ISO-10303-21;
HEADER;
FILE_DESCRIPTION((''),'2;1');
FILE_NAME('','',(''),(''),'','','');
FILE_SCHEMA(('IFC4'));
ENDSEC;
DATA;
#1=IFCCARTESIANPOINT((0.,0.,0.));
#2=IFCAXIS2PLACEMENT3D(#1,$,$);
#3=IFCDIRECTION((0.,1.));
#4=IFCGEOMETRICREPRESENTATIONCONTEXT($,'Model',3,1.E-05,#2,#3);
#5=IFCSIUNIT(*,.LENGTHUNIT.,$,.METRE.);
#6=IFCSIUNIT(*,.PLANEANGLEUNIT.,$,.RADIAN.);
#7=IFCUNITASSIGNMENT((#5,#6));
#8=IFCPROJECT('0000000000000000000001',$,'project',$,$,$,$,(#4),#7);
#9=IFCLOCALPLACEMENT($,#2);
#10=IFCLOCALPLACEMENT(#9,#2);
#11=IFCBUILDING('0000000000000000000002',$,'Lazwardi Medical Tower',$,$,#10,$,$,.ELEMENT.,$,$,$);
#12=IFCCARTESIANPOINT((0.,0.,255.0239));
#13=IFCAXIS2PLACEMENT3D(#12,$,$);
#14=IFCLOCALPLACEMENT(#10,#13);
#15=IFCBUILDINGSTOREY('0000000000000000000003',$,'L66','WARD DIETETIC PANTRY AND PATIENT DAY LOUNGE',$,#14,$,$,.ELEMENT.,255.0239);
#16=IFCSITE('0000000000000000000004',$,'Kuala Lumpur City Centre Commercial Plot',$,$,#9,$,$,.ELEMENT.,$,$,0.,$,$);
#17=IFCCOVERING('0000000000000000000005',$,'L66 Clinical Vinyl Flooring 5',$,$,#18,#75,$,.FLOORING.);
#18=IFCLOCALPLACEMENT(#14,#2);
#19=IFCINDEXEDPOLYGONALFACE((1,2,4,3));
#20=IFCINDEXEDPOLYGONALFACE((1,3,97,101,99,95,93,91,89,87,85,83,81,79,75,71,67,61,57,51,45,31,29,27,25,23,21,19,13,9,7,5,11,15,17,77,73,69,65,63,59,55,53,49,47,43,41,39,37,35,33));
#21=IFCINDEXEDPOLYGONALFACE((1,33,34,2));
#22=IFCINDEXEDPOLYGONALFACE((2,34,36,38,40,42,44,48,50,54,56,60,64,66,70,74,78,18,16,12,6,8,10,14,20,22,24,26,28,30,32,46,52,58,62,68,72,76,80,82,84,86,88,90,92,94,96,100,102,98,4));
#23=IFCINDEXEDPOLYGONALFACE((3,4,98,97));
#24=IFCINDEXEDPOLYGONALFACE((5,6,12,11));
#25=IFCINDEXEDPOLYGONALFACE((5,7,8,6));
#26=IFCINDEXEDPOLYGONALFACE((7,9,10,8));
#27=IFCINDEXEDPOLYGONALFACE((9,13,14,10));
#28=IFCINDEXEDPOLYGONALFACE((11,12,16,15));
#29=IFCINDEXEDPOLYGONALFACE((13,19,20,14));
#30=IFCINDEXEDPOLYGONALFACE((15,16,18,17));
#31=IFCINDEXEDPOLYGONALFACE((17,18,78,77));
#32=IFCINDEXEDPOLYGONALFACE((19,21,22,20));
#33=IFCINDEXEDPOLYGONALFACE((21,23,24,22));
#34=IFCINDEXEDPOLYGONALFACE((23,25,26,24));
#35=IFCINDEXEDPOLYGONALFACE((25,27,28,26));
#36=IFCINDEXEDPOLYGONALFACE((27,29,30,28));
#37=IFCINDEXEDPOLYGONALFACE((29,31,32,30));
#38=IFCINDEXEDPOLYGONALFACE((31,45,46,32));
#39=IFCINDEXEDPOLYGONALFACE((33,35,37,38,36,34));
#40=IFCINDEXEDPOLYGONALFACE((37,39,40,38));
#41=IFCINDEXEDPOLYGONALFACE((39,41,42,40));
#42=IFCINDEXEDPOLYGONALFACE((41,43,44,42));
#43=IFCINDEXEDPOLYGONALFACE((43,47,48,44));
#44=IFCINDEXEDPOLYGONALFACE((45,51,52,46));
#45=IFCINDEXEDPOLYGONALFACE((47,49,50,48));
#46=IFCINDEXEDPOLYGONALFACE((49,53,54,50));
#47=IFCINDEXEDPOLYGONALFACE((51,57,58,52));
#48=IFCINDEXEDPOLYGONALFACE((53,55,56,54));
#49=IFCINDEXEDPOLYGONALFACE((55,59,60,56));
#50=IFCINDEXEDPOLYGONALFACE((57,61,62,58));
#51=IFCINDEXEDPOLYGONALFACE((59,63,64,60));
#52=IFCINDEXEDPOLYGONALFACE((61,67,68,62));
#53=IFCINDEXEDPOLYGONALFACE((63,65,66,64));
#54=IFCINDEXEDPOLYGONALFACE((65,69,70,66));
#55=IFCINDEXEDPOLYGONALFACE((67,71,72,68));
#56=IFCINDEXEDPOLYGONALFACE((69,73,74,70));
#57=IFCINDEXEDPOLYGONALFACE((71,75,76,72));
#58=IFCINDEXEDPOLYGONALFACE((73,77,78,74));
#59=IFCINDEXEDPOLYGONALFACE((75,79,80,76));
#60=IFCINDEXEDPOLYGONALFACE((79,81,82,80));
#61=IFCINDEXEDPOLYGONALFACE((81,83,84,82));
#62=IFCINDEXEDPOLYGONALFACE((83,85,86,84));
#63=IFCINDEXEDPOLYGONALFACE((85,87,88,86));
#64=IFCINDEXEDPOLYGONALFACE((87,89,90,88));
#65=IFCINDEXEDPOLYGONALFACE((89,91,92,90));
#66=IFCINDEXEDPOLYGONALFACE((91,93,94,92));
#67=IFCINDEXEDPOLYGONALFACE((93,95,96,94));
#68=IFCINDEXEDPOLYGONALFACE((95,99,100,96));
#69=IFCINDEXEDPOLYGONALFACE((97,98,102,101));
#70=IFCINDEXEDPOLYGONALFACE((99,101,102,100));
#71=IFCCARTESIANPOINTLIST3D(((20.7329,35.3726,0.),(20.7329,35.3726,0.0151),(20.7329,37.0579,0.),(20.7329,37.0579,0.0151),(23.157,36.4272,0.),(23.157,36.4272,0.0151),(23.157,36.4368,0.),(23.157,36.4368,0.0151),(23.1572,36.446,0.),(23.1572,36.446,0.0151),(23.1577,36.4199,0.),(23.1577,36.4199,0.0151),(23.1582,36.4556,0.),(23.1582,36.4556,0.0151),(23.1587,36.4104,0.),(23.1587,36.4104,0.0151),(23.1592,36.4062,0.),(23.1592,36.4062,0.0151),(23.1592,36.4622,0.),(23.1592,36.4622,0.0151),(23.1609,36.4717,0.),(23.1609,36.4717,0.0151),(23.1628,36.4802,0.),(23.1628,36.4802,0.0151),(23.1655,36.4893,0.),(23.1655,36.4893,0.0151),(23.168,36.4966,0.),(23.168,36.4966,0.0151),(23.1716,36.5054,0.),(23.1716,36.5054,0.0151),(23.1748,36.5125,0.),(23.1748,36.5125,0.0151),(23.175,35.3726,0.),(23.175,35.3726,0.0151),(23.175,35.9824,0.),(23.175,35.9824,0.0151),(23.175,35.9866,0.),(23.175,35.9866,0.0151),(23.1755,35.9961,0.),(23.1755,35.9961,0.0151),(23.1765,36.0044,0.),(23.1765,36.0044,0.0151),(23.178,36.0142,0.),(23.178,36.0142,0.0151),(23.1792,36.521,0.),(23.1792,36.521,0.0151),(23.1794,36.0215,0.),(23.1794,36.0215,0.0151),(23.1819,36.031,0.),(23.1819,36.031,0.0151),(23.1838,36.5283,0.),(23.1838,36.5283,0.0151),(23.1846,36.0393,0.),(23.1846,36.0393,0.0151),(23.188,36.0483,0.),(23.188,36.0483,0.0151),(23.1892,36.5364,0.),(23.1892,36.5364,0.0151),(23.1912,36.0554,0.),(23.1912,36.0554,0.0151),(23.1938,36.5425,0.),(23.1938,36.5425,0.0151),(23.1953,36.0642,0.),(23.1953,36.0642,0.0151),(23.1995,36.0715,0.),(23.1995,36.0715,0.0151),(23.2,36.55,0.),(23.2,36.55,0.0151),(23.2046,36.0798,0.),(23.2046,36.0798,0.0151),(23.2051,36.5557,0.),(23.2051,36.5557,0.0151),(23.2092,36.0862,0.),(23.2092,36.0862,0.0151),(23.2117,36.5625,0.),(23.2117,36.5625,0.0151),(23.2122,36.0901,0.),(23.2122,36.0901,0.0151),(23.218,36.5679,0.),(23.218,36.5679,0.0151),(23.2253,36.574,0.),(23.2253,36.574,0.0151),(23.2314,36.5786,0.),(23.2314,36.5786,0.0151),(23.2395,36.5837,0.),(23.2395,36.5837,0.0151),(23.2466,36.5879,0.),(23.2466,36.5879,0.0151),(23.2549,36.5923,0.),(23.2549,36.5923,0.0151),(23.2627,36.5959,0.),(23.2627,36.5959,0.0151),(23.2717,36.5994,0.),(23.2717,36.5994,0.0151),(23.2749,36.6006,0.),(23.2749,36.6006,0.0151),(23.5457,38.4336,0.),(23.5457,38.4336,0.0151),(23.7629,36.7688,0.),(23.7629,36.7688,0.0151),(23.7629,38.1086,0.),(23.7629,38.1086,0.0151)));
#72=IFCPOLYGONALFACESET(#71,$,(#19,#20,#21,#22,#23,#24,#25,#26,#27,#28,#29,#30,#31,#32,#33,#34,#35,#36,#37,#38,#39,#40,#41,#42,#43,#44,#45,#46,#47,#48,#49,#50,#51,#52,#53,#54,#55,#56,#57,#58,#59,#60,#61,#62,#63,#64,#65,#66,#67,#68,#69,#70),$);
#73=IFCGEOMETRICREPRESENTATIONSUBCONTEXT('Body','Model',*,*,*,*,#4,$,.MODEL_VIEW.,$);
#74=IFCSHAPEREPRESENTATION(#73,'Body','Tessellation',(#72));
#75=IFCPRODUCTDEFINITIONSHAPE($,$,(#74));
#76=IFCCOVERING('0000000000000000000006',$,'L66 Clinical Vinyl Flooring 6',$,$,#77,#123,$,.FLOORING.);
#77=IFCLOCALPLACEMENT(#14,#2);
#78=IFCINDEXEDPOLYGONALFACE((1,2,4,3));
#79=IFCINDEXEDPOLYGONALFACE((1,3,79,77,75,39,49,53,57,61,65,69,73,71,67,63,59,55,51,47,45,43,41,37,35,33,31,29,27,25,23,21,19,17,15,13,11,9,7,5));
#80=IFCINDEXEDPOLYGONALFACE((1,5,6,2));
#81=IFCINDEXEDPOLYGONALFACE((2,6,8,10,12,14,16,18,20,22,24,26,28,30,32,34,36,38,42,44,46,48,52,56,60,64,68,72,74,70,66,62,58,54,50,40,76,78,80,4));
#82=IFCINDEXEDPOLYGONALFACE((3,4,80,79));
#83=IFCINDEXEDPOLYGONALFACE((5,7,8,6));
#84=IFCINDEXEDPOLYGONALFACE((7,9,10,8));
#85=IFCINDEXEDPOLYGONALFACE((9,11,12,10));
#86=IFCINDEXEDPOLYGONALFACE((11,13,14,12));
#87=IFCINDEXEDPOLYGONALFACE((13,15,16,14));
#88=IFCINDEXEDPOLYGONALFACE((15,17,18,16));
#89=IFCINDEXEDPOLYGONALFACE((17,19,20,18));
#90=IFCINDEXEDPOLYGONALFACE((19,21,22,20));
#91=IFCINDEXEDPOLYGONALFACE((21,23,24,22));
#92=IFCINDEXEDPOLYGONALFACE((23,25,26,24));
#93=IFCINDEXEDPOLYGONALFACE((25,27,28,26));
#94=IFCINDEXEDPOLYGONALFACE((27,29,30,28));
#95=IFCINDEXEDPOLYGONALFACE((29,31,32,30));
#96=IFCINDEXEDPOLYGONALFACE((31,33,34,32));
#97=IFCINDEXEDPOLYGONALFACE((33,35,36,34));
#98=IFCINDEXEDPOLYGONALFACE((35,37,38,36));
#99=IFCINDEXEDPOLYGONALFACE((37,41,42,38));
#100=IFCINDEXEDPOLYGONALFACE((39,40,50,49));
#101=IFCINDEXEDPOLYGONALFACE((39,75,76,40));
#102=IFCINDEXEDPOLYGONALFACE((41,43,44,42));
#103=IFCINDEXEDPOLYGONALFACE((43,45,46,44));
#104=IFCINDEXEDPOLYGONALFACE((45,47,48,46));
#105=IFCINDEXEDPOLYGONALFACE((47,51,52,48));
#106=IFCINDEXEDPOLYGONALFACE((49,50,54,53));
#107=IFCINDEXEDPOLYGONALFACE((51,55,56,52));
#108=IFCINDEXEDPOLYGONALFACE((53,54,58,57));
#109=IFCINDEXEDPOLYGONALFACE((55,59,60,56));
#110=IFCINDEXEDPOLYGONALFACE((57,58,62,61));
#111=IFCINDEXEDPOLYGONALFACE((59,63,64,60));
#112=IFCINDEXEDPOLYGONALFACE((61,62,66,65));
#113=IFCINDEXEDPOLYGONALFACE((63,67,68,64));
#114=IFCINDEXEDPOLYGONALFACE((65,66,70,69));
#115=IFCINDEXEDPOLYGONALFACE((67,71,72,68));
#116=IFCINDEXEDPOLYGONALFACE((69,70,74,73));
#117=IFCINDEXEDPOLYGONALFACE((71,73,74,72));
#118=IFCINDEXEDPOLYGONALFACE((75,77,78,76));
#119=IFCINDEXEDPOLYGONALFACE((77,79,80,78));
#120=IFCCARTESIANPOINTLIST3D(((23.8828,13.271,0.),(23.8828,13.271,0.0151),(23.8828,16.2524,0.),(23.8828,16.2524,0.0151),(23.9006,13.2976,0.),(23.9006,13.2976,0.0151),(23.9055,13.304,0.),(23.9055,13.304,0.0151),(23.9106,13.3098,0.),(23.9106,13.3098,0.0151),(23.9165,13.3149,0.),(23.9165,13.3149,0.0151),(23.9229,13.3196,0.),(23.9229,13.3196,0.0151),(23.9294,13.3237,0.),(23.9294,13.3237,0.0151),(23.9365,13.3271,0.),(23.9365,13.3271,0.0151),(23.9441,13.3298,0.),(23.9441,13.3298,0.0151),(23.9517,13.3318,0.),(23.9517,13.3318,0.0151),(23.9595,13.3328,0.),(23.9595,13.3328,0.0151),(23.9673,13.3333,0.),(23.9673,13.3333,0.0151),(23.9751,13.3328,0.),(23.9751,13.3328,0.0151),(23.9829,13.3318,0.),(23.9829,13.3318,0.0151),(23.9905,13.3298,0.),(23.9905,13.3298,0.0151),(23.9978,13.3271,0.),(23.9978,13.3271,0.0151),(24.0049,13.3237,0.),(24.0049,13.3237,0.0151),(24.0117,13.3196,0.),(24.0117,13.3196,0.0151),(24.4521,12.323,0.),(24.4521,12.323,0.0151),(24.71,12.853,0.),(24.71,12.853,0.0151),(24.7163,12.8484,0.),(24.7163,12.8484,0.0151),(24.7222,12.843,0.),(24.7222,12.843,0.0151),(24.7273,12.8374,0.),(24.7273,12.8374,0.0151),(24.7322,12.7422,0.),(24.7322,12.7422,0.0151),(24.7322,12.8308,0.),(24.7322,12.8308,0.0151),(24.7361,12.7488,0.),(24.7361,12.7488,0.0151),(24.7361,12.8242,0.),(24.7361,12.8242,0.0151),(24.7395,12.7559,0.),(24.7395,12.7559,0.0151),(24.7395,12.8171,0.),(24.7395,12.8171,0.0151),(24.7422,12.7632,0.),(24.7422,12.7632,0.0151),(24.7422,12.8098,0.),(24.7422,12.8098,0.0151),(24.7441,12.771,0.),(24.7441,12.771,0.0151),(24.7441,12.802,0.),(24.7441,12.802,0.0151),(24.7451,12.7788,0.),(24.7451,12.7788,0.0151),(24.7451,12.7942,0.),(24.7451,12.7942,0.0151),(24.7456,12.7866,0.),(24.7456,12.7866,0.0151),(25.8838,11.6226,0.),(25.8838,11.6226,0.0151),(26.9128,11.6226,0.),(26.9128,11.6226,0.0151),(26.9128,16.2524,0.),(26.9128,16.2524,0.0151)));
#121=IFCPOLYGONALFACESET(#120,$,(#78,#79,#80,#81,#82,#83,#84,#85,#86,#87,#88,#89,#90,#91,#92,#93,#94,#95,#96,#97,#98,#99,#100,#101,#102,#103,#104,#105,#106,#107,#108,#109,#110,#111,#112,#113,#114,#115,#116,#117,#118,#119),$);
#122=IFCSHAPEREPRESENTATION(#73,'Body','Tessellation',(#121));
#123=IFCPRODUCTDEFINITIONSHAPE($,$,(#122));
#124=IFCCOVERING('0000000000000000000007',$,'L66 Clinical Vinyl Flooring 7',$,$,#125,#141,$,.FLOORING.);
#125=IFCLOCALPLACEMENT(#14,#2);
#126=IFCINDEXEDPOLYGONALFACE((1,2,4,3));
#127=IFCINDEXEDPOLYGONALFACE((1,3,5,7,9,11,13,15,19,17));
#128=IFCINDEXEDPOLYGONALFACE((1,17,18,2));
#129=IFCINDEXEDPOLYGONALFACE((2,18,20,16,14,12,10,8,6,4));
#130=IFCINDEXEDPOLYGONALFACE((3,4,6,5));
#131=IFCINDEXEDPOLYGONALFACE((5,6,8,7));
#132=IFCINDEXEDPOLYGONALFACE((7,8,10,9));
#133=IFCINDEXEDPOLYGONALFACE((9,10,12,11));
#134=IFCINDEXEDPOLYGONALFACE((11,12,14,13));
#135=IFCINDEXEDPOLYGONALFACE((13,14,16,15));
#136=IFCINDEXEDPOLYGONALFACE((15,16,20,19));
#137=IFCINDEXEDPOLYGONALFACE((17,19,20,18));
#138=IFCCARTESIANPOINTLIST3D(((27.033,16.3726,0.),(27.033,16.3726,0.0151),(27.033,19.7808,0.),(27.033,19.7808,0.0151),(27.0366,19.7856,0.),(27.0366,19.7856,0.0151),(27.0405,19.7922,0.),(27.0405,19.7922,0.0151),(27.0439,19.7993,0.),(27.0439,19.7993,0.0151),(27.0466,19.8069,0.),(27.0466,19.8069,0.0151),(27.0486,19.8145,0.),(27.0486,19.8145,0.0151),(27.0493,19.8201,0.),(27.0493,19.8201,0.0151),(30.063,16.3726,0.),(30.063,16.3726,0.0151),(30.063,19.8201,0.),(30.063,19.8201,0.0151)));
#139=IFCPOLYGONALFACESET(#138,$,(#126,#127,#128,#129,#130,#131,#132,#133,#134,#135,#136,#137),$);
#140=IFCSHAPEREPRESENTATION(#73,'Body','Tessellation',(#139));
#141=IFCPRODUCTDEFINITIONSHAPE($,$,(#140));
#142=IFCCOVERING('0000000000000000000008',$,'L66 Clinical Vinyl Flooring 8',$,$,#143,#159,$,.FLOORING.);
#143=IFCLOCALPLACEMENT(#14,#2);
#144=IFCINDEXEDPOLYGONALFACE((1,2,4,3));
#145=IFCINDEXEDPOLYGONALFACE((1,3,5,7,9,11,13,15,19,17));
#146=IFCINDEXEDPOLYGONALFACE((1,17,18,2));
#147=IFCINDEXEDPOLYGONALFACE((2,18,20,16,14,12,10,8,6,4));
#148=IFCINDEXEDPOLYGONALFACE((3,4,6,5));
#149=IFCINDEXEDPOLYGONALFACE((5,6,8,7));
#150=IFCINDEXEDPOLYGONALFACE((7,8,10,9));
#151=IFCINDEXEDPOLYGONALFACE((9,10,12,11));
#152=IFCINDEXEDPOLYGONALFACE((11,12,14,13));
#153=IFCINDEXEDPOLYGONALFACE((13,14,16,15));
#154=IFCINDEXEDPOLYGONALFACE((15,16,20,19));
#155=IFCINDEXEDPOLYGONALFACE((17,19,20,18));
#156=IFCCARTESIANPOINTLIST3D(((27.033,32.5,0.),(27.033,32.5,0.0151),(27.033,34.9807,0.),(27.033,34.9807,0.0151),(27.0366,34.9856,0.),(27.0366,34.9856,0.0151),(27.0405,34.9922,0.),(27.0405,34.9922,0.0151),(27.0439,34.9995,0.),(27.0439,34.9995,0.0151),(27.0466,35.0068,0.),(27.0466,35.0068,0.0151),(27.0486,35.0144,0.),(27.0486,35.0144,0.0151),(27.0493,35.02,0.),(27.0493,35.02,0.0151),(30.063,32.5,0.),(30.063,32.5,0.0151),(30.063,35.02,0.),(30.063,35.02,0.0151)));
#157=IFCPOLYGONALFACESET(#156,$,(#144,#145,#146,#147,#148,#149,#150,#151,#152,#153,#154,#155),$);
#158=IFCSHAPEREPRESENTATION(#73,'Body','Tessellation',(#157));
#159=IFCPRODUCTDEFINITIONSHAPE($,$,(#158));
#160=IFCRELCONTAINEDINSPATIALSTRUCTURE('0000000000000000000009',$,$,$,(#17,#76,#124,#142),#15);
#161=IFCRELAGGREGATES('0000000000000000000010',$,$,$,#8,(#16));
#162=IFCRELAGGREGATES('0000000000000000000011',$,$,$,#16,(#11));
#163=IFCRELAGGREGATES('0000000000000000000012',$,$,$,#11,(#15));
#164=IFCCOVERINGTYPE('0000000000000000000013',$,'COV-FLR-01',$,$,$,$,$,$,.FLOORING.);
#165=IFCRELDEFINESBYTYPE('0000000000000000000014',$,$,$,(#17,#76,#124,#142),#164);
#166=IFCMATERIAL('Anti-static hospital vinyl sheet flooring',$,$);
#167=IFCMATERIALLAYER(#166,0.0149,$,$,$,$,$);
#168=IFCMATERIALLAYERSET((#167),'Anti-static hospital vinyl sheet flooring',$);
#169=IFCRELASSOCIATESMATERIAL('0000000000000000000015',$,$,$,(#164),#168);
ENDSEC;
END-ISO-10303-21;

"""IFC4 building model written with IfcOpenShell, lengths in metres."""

from ifc_helpers import new_model, si_unit, direction, frame, origin, place, context, subcontext, project, spatial, polyline, outline, extrude, material, layer, layer_set, type_object, element, save


model = new_model("IFC4")

# Units and contexts
model_context = context("Model", 3, precision=1e-05, world=origin(), true_north=direction((0.0, 1.0)))
body_context = subcontext(model_context, "Body", "Model", "MODEL_VIEW")
ifc_project = project(units=[si_unit("LENGTHUNIT", "METRE"), si_unit("PLANEANGLEUNIT", "RADIAN")], contexts=[model_context])

# Site, building, storey
site_placement = place(None, origin())
site = spatial("IfcSite", under=ifc_project, at=site_placement, Name="Kuala Lumpur City Centre Commercial Plot", CompositionType="ELEMENT", RefElevation=0.0)
building_placement = place(site_placement, origin())
building = spatial("IfcBuilding", under=site, at=building_placement, Name="Lazwardi Medical Tower", CompositionType="ELEMENT")
storey_placement = place(building_placement, frame((0.0, 0.0, 255.0239)))
storey = spatial("IfcBuildingStorey", under=building, at=storey_placement, Name="L66", Description="WARD DIETETIC PANTRY AND PATIENT DAY LOUNGE", CompositionType="ELEMENT", Elevation=255.0239)

# Coverings
ifc_material_1 = material(Name="Anti-static hospital vinyl sheet flooring")
ifc_layer_1 = layer(ifc_material_1, 0.0149)
ifc_layer_set_1 = layer_set([ifc_layer_1], Name="Anti-static hospital vinyl sheet flooring")
covering_type_1 = type_object("IfcCoveringType", Name="COV-FLR-01", PredefinedType="FLOORING", material=ifc_layer_set_1)
covering_1_placement = place(storey_placement, origin())
element("IfcCovering", 1, at=covering_1_placement, inside=storey, type_object=covering_type_1, Name="L66 Clinical Vinyl Flooring 5", PredefinedType="FLOORING", context=body_context, shape_type="SweptSolid", body=[
    extrude(outline(polyline([(23.7629, 38.1086), (23.5457, 38.4336), (20.7329, 37.0579), (20.7329, 35.3726), (23.175, 35.3726), (23.175, 35.9824), (23.175, 35.9866), (23.1755, 35.9961), (23.1765, 36.0044), (23.178, 36.0142), (23.1794, 36.0215), (23.1819, 36.031), (23.1846, 36.0393), (23.188, 36.0483), (23.1912, 36.0554), (23.1953, 36.0642), (23.1995, 36.0715), (23.2046, 36.0798), (23.2092, 36.0862), (23.2122, 36.0901), (23.1592, 36.4062), (23.1587, 36.4104), (23.1577, 36.4199), (23.157, 36.4272), (23.157, 36.4368), (23.1572, 36.446), (23.1582, 36.4556), (23.1592, 36.4622), (23.1609, 36.4717), (23.1628, 36.4802), (23.1655, 36.4893), (23.168, 36.4966), (23.1716, 36.5054), (23.1748, 36.5125), (23.1792, 36.521), (23.1838, 36.5283), (23.1892, 36.5364), (23.1938, 36.5425), (23.2, 36.55), (23.2051, 36.5557), (23.2117, 36.5625), (23.218, 36.5679), (23.2253, 36.574), (23.2314, 36.5786), (23.2395, 36.5837), (23.2466, 36.5879), (23.2549, 36.5923), (23.2627, 36.5959), (23.2717, 36.5994), (23.2749, 36.6006), (23.7629, 36.7688), (23.7629, 38.1086)])), origin(), (0.0, 0.0, 1.0), 0.0151),
])
covering_2_placement = place(storey_placement, origin())
element("IfcCovering", 2, at=covering_2_placement, inside=storey, type_object=covering_type_1, Name="L66 Clinical Vinyl Flooring 6", PredefinedType="FLOORING", context=body_context, shape_type="SweptSolid", body=[
    extrude(outline(polyline([(23.8828, 13.271), (23.9006, 13.2976), (23.9055, 13.304), (23.9106, 13.3098), (23.9165, 13.3149), (23.9229, 13.3196), (23.9294, 13.3237), (23.9365, 13.3271), (23.9441, 13.3298), (23.9517, 13.3318), (23.9595, 13.3328), (23.9673, 13.3333), (23.9751, 13.3328), (23.9829, 13.3318), (23.9905, 13.3298), (23.9978, 13.3271), (24.0049, 13.3237), (24.0117, 13.3196), (24.71, 12.853), (24.7163, 12.8484), (24.7222, 12.843), (24.7273, 12.8374), (24.7322, 12.8308), (24.7361, 12.8242), (24.7395, 12.8171), (24.7422, 12.8098), (24.7441, 12.802), (24.7451, 12.7942), (24.7456, 12.7866), (24.7451, 12.7788), (24.7441, 12.771), (24.7422, 12.7632), (24.7395, 12.7559), (24.7361, 12.7488), (24.7322, 12.7422), (24.4521, 12.323), (25.8838, 11.6226), (26.9128, 11.6226), (26.9128, 16.2524), (23.8828, 16.2524), (23.8828, 13.271)])), origin(), (0.0, 0.0, 1.0), 0.0151),
])
covering_3_placement = place(storey_placement, origin())
element("IfcCovering", 3, at=covering_3_placement, inside=storey, type_object=covering_type_1, Name="L66 Clinical Vinyl Flooring 7", PredefinedType="FLOORING", context=body_context, shape_type="SweptSolid", body=[
    extrude(outline(polyline([(30.063, 19.8201), (27.0493, 19.8201), (27.0486, 19.8145), (27.0466, 19.8069), (27.0439, 19.7993), (27.0405, 19.7922), (27.0366, 19.7856), (27.033, 19.7808), (27.033, 16.3726), (30.063, 16.3726), (30.063, 19.8201)])), origin(), (0.0, 0.0, 1.0), 0.0151),
])
covering_4_placement = place(storey_placement, origin())
element("IfcCovering", 4, at=covering_4_placement, inside=storey, type_object=covering_type_1, Name="L66 Clinical Vinyl Flooring 8", PredefinedType="FLOORING", context=body_context, shape_type="SweptSolid", body=[
    extrude(outline(polyline([(30.063, 35.02), (27.0493, 35.02), (27.0486, 35.0144), (27.0466, 35.0068), (27.0439, 34.9995), (27.0405, 34.9922), (27.0366, 34.9856), (27.033, 34.9807), (27.033, 32.5), (30.063, 32.5), (30.063, 35.02)])), origin(), (0.0, 0.0, 1.0), 0.0151),
])

save(model, "model.ifc")
